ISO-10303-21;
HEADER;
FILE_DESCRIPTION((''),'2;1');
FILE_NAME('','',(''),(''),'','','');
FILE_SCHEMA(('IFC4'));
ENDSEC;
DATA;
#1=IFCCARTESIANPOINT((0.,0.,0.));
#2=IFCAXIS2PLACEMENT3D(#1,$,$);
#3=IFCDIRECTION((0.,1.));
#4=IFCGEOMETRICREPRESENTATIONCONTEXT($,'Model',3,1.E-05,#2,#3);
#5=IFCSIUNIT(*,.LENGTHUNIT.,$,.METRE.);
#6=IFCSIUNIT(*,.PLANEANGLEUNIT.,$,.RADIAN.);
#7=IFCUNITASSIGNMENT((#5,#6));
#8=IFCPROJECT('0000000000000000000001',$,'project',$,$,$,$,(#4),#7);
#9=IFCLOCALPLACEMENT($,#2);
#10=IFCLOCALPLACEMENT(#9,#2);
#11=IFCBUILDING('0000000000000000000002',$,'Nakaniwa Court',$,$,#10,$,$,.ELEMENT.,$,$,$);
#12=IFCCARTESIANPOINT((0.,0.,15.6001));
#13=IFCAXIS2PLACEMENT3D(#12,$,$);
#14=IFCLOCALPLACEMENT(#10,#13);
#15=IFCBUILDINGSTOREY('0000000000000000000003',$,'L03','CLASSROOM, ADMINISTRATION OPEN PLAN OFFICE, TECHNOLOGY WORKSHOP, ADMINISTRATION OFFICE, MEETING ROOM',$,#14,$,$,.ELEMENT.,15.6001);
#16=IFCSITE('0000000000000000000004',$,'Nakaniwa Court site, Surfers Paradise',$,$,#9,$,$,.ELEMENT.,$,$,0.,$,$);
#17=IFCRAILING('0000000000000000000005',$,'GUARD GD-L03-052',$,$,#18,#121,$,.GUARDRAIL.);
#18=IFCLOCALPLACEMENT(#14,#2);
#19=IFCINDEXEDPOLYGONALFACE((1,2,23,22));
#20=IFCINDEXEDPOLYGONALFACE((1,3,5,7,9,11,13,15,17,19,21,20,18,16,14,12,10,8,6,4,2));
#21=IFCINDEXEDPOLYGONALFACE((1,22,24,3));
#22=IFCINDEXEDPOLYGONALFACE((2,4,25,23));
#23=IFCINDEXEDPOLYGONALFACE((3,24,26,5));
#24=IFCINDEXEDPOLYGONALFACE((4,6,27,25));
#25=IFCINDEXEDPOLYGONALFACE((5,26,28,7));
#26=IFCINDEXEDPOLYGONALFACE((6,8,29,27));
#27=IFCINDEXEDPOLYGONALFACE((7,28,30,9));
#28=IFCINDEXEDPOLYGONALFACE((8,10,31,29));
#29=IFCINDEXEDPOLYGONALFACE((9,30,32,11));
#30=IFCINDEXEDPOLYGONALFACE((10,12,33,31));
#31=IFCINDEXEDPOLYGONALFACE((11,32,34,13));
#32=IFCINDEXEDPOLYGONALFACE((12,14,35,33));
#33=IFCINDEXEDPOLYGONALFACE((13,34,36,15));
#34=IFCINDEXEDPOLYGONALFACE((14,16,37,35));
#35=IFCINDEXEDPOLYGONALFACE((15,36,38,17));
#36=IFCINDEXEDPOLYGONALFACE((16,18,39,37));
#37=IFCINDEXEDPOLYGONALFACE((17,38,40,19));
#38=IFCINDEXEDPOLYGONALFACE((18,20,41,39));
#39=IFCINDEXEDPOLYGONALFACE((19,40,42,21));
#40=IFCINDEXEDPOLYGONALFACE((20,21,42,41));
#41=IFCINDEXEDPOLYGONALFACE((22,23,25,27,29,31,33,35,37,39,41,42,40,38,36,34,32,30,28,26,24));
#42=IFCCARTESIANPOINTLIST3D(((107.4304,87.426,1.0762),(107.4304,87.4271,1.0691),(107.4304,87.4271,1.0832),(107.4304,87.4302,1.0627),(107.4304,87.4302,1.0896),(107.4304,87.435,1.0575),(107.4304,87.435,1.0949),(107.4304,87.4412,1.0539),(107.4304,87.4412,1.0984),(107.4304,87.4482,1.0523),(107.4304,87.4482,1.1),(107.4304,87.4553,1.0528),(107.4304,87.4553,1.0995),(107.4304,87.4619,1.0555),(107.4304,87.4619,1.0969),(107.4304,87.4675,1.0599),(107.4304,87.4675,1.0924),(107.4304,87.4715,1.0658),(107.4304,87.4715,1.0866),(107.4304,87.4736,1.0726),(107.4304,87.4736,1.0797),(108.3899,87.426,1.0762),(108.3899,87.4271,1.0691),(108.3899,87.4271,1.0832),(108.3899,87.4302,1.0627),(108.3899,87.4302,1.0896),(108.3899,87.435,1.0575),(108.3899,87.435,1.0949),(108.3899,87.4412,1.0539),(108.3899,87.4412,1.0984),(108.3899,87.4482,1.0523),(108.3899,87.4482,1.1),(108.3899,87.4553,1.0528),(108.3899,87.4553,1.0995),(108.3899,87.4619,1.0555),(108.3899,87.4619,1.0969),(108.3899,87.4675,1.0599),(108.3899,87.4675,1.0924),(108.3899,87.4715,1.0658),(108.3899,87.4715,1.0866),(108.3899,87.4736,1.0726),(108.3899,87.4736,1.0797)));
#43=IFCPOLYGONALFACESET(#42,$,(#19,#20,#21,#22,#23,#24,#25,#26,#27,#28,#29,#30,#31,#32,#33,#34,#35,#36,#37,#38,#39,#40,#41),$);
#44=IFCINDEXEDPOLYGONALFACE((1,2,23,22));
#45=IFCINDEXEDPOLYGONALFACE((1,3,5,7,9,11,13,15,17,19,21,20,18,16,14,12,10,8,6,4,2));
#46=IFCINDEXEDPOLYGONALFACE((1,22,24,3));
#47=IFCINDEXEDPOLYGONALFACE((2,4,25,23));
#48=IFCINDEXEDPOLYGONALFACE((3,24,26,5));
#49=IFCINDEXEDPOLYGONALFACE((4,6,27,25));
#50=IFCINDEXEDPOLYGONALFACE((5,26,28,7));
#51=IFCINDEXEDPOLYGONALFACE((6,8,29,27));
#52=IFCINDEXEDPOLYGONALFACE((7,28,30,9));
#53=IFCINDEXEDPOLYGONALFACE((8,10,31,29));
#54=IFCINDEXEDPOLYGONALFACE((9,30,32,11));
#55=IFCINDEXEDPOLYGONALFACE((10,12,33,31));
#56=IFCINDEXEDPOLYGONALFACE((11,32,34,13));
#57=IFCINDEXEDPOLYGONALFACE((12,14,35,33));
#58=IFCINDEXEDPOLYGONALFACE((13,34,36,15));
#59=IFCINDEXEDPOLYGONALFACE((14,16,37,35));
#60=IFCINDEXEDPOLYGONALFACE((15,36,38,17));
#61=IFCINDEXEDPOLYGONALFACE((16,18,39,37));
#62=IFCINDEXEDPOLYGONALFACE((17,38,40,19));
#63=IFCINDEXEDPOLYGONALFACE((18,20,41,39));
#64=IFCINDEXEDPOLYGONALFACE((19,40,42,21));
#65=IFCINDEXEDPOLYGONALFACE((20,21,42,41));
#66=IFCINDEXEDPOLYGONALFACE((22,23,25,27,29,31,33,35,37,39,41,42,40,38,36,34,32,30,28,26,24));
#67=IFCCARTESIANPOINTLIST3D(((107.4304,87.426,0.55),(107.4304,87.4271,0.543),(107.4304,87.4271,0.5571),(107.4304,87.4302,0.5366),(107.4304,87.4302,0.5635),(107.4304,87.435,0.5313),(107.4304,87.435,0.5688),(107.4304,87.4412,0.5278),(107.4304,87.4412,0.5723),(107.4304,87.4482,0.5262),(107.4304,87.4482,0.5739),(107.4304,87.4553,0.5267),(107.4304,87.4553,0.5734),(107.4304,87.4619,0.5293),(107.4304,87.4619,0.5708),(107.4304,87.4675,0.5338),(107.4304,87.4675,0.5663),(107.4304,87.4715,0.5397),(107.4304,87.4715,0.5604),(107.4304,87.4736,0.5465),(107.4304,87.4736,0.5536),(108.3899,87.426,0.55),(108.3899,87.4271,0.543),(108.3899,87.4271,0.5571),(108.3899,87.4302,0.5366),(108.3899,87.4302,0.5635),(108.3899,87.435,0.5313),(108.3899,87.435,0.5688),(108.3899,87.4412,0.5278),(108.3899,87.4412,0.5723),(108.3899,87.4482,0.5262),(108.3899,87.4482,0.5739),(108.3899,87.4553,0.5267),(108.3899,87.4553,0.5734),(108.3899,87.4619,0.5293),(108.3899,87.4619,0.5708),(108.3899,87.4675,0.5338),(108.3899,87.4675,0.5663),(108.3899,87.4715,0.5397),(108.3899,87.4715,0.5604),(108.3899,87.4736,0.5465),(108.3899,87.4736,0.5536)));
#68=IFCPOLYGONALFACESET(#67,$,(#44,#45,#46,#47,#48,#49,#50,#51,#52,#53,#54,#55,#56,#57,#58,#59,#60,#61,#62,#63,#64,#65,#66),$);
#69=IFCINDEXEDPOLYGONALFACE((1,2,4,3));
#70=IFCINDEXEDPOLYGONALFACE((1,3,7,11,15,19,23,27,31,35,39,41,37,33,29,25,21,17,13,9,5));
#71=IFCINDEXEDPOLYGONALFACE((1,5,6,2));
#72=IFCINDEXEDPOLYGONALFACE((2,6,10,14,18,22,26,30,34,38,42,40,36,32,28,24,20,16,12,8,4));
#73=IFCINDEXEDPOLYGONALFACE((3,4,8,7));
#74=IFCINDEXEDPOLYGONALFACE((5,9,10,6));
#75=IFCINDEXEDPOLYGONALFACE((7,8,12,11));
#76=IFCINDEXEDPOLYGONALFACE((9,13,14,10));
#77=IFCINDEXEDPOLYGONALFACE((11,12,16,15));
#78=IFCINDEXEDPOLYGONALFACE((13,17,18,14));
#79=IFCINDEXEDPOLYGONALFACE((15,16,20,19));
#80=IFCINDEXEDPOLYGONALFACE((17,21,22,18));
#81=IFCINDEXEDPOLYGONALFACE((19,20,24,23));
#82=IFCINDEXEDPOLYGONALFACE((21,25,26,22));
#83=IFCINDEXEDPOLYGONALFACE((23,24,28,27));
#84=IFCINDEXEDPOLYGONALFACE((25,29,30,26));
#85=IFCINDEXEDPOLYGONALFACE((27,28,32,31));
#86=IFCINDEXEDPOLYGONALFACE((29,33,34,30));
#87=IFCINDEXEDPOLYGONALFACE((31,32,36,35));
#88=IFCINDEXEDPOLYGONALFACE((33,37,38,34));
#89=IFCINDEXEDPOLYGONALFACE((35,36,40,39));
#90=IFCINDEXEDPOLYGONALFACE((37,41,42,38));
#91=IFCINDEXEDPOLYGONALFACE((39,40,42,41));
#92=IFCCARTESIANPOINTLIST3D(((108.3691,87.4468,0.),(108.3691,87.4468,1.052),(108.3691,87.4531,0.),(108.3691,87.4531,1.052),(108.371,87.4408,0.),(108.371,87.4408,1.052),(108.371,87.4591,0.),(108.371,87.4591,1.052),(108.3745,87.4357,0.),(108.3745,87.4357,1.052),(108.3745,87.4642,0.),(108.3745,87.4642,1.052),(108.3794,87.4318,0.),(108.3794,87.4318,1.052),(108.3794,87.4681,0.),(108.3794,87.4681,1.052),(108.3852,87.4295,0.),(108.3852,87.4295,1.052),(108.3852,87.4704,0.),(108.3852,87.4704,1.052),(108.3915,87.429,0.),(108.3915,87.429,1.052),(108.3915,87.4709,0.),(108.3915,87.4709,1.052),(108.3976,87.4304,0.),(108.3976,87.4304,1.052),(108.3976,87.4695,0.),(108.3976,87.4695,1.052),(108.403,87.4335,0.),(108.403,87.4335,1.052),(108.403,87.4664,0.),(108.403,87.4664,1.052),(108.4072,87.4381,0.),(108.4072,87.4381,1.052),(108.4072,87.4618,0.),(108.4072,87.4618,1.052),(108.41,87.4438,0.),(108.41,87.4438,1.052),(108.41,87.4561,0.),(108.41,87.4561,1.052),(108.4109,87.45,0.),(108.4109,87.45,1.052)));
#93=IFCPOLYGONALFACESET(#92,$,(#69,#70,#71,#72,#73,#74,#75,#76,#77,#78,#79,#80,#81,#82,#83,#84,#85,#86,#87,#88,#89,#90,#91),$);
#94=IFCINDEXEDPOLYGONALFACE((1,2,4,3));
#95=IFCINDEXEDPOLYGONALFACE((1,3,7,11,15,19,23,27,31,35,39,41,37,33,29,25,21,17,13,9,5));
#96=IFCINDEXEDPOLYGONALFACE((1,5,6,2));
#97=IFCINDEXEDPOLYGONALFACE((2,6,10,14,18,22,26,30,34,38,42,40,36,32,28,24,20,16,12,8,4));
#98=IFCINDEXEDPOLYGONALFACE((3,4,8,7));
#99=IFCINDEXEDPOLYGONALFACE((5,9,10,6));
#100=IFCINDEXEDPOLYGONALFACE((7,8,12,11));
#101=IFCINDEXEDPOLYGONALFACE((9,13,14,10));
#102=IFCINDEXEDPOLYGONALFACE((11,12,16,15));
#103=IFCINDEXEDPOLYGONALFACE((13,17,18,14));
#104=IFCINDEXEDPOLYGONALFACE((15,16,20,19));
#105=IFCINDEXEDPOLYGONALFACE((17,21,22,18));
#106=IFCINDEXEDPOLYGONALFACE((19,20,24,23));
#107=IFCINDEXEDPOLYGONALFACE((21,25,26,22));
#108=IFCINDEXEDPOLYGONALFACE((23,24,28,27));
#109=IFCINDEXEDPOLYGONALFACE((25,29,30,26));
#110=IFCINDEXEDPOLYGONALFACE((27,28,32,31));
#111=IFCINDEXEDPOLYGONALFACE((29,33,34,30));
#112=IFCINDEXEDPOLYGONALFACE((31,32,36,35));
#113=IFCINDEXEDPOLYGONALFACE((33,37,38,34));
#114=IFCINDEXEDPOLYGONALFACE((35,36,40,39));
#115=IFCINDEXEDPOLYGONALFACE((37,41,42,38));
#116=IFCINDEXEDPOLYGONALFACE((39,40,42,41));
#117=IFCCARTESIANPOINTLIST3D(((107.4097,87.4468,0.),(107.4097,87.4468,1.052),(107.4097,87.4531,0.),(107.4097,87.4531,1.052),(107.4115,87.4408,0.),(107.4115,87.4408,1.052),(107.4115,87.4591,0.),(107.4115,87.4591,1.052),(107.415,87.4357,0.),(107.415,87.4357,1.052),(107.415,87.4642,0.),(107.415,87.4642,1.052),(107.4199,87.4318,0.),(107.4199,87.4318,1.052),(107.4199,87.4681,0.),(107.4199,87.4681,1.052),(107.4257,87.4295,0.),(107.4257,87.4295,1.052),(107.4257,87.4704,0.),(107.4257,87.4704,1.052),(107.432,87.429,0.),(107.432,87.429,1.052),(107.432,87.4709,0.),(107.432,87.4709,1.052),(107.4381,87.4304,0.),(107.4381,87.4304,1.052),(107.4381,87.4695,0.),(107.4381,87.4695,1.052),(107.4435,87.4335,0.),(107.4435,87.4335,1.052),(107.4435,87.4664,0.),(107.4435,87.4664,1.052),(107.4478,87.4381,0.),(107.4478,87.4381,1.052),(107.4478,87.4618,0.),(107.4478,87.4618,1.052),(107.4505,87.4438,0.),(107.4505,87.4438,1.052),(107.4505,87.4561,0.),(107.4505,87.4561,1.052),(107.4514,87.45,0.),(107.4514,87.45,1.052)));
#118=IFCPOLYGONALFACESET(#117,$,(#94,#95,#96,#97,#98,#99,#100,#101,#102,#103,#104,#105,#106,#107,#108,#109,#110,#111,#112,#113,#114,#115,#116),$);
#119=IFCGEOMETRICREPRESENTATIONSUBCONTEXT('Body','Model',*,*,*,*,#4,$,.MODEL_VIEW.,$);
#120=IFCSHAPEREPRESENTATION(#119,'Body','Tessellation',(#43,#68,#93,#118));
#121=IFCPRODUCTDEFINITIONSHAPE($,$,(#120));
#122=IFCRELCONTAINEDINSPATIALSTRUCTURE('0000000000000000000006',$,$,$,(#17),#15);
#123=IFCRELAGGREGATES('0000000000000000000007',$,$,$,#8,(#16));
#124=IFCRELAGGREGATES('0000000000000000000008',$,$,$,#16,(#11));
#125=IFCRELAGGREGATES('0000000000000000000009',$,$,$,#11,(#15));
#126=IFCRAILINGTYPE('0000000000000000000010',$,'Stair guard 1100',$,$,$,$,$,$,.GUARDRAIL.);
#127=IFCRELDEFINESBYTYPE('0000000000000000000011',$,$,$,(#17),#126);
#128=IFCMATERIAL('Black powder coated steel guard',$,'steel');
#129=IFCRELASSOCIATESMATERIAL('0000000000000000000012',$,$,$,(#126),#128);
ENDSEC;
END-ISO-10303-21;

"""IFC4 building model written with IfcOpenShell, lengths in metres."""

from ifc_helpers import new_model, si_unit, direction, frame, origin, origin_2d, place, context, subcontext, project, spatial, circle, extrude, material, type_object, element, save


model = new_model("IFC4")

# Units and contexts
model_context = context("Model", 3, precision=1e-05, world=origin(), true_north=direction((0.0, 1.0)))
body_context = subcontext(model_context, "Body", "Model", "MODEL_VIEW")
ifc_project = project(units=[si_unit("LENGTHUNIT", "METRE"), si_unit("PLANEANGLEUNIT", "RADIAN")], contexts=[model_context])

# Site, building, storey
site_placement = place(None, origin())
site = spatial("IfcSite", under=ifc_project, at=site_placement, Name="Nakaniwa Court site, Surfers Paradise", CompositionType="ELEMENT", RefElevation=0.0)
building_placement = place(site_placement, origin())
building = spatial("IfcBuilding", under=site, at=building_placement, Name="Nakaniwa Court", CompositionType="ELEMENT")
storey_placement = place(building_placement, frame((0.0, 0.0, 15.6001)))
storey = spatial("IfcBuildingStorey", under=building, at=storey_placement, Name="L03", Description="CLASSROOM, ADMINISTRATION OPEN PLAN OFFICE, TECHNOLOGY WORKSHOP, ADMINISTRATION OFFICE, MEETING ROOM", CompositionType="ELEMENT", Elevation=15.6001)

# Railing
ifc_material_1 = material(Name="Black powder coated steel guard", Category="steel")
railing_type_1 = type_object("IfcRailingType", Name="Stair guard 1100", PredefinedType="GUARDRAIL", material=ifc_material_1)
railing_1_placement = place(storey_placement, frame((108.3899, 87.45, 0.0)))
element("IfcRailing", 1, at=railing_1_placement, inside=storey, type_object=railing_type_1, Name="GUARD GD-L03-052", PredefinedType="GUARDRAIL", context=body_context, shape_type="SweptSolid", body=[
    extrude(circle(Radius=0.0239, at=origin_2d()), frame((0.0, 0.0, 1.0762), z_axis=(-1.0, 0.0, 0.0), x_axis=(0.0, -1.0, 0.0)), (0.0, 0.0, 1.0), 0.9595),
    extrude(circle(Radius=0.0239, at=origin_2d()), frame((0.0, 0.0, 0.55), z_axis=(-1.0, 0.0, 0.0), x_axis=(0.0, -1.0, 0.0)), (0.0, 0.0, 1.0), 0.9595),
    extrude(circle(Radius=0.021, at=origin_2d()), origin(), (0.0, 0.0, 1.0), 1.052),
    extrude(circle(Radius=0.021, at=origin_2d()), frame((-0.9595, 0.0, 0.0)), (0.0, 0.0, 1.0), 1.052),
])

save(model, "model.ifc")
